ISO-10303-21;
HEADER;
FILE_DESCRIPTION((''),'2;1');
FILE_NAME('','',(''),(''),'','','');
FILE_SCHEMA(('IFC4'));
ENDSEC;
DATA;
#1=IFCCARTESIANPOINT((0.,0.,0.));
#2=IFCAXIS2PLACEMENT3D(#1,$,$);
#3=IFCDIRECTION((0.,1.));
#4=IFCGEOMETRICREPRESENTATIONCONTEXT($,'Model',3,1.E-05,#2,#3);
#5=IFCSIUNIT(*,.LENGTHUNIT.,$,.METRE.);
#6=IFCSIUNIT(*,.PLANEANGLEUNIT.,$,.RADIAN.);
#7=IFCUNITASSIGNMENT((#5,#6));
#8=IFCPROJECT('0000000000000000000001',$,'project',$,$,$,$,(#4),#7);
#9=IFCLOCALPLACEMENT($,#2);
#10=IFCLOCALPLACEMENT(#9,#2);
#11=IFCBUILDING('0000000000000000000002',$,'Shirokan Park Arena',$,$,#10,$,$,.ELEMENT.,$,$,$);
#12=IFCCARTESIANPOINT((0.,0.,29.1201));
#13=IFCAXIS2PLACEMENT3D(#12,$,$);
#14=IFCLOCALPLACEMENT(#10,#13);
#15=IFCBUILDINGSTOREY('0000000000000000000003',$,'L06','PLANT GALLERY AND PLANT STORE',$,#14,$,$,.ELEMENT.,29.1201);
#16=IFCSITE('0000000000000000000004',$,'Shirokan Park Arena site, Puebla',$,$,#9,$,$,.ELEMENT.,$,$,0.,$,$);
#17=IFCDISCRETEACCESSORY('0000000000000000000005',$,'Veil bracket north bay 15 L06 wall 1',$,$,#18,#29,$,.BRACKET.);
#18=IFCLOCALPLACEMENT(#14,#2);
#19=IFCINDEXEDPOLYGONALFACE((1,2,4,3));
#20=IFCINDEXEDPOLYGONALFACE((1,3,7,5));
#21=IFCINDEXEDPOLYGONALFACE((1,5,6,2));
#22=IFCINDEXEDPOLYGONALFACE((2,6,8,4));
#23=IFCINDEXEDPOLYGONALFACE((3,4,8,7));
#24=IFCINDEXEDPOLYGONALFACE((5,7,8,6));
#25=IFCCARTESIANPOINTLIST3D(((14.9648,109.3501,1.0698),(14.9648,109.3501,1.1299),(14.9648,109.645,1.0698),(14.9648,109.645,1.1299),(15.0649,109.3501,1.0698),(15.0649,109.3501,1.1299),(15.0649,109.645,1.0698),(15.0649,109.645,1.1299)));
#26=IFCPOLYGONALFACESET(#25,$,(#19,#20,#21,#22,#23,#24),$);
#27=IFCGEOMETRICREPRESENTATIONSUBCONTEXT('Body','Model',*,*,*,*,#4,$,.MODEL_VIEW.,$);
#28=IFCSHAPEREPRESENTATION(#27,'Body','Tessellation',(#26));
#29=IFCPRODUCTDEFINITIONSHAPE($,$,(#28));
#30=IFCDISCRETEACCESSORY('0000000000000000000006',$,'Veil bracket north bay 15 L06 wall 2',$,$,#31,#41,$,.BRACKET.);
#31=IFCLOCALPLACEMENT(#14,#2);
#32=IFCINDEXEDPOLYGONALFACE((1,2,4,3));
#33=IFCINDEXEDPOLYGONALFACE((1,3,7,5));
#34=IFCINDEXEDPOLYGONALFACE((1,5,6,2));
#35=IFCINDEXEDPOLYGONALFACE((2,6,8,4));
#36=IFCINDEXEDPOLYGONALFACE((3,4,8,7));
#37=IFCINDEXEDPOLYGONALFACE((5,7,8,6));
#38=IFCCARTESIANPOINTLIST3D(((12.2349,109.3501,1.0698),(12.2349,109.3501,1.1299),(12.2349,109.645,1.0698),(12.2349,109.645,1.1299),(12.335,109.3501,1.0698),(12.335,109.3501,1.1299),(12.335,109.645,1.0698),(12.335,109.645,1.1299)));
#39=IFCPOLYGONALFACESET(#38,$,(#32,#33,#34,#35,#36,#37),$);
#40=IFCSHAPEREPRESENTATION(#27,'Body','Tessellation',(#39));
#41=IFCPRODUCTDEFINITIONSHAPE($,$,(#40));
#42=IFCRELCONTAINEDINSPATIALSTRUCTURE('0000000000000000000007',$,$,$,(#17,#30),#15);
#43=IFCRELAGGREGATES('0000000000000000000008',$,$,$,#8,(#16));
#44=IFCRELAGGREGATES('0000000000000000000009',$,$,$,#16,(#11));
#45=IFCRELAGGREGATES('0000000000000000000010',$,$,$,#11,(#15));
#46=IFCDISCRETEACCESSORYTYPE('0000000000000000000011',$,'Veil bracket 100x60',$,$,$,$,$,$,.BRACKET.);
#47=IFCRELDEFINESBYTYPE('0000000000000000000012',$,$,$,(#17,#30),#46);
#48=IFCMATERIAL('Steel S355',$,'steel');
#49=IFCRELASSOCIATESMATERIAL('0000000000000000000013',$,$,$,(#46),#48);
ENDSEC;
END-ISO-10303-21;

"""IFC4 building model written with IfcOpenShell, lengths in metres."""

from ifc_helpers import new_model, si_unit, direction, frame, origin, origin_2d, place, context, subcontext, project, spatial, rectangle, extrude, material, type_object, element, save


model = new_model("IFC4")

# Units and contexts
model_context = context("Model", 3, precision=1e-05, world=origin(), true_north=direction((0.0, 1.0)))
body_context = subcontext(model_context, "Body", "Model", "MODEL_VIEW")
ifc_project = project(units=[si_unit("LENGTHUNIT", "METRE"), si_unit("PLANEANGLEUNIT", "RADIAN")], contexts=[model_context])

# Site, building, storey
site_placement = place(None, origin())
site = spatial("IfcSite", under=ifc_project, at=site_placement, Name="Shirokan Park Arena site, Puebla", CompositionType="ELEMENT", RefElevation=0.0)
building_placement = place(site_placement, origin())
building = spatial("IfcBuilding", under=site, at=building_placement, Name="Shirokan Park Arena", CompositionType="ELEMENT")
storey_placement = place(building_placement, frame((0.0, 0.0, 29.1201)))
storey = spatial("IfcBuildingStorey", under=building, at=storey_placement, Name="L06", Description="PLANT GALLERY AND PLANT STORE", CompositionType="ELEMENT", Elevation=29.1201)

# Discrete accessories
ifc_material_1 = material(Name="Steel S355", Category="steel")
discrete_accessory_type = type_object("IfcDiscreteAccessoryType", Name="Veil bracket 100x60", PredefinedType="BRACKET", material=ifc_material_1)
for number, where, z_axis, x_axis, name in (
    (1, (15.0149, 109.4976, 1.0698), (0.0, 0.0, 1.0), (-1.0, 0.0, 0.0), "Veil bracket north bay 15 L06 wall 1"),
    (2, (12.2849, 109.4976, 1.0698), (0.0, 0.0, 1.0), (-1.0, 0.0, 0.0), "Veil bracket north bay 15 L06 wall 2"),
):
    element("IfcDiscreteAccessory", number, at=place(storey_placement, frame(where, z_axis=z_axis, x_axis=x_axis)), inside=storey, type_object=discrete_accessory_type, Name=name, PredefinedType="BRACKET", context=body_context, shape_type="SweptSolid", body=[
        extrude(rectangle(XDim=0.1001, YDim=0.2949, at=origin_2d()), origin(), (0.0, 0.0, 1.0), 0.0601),
    ])

save(model, "model.ifc")
